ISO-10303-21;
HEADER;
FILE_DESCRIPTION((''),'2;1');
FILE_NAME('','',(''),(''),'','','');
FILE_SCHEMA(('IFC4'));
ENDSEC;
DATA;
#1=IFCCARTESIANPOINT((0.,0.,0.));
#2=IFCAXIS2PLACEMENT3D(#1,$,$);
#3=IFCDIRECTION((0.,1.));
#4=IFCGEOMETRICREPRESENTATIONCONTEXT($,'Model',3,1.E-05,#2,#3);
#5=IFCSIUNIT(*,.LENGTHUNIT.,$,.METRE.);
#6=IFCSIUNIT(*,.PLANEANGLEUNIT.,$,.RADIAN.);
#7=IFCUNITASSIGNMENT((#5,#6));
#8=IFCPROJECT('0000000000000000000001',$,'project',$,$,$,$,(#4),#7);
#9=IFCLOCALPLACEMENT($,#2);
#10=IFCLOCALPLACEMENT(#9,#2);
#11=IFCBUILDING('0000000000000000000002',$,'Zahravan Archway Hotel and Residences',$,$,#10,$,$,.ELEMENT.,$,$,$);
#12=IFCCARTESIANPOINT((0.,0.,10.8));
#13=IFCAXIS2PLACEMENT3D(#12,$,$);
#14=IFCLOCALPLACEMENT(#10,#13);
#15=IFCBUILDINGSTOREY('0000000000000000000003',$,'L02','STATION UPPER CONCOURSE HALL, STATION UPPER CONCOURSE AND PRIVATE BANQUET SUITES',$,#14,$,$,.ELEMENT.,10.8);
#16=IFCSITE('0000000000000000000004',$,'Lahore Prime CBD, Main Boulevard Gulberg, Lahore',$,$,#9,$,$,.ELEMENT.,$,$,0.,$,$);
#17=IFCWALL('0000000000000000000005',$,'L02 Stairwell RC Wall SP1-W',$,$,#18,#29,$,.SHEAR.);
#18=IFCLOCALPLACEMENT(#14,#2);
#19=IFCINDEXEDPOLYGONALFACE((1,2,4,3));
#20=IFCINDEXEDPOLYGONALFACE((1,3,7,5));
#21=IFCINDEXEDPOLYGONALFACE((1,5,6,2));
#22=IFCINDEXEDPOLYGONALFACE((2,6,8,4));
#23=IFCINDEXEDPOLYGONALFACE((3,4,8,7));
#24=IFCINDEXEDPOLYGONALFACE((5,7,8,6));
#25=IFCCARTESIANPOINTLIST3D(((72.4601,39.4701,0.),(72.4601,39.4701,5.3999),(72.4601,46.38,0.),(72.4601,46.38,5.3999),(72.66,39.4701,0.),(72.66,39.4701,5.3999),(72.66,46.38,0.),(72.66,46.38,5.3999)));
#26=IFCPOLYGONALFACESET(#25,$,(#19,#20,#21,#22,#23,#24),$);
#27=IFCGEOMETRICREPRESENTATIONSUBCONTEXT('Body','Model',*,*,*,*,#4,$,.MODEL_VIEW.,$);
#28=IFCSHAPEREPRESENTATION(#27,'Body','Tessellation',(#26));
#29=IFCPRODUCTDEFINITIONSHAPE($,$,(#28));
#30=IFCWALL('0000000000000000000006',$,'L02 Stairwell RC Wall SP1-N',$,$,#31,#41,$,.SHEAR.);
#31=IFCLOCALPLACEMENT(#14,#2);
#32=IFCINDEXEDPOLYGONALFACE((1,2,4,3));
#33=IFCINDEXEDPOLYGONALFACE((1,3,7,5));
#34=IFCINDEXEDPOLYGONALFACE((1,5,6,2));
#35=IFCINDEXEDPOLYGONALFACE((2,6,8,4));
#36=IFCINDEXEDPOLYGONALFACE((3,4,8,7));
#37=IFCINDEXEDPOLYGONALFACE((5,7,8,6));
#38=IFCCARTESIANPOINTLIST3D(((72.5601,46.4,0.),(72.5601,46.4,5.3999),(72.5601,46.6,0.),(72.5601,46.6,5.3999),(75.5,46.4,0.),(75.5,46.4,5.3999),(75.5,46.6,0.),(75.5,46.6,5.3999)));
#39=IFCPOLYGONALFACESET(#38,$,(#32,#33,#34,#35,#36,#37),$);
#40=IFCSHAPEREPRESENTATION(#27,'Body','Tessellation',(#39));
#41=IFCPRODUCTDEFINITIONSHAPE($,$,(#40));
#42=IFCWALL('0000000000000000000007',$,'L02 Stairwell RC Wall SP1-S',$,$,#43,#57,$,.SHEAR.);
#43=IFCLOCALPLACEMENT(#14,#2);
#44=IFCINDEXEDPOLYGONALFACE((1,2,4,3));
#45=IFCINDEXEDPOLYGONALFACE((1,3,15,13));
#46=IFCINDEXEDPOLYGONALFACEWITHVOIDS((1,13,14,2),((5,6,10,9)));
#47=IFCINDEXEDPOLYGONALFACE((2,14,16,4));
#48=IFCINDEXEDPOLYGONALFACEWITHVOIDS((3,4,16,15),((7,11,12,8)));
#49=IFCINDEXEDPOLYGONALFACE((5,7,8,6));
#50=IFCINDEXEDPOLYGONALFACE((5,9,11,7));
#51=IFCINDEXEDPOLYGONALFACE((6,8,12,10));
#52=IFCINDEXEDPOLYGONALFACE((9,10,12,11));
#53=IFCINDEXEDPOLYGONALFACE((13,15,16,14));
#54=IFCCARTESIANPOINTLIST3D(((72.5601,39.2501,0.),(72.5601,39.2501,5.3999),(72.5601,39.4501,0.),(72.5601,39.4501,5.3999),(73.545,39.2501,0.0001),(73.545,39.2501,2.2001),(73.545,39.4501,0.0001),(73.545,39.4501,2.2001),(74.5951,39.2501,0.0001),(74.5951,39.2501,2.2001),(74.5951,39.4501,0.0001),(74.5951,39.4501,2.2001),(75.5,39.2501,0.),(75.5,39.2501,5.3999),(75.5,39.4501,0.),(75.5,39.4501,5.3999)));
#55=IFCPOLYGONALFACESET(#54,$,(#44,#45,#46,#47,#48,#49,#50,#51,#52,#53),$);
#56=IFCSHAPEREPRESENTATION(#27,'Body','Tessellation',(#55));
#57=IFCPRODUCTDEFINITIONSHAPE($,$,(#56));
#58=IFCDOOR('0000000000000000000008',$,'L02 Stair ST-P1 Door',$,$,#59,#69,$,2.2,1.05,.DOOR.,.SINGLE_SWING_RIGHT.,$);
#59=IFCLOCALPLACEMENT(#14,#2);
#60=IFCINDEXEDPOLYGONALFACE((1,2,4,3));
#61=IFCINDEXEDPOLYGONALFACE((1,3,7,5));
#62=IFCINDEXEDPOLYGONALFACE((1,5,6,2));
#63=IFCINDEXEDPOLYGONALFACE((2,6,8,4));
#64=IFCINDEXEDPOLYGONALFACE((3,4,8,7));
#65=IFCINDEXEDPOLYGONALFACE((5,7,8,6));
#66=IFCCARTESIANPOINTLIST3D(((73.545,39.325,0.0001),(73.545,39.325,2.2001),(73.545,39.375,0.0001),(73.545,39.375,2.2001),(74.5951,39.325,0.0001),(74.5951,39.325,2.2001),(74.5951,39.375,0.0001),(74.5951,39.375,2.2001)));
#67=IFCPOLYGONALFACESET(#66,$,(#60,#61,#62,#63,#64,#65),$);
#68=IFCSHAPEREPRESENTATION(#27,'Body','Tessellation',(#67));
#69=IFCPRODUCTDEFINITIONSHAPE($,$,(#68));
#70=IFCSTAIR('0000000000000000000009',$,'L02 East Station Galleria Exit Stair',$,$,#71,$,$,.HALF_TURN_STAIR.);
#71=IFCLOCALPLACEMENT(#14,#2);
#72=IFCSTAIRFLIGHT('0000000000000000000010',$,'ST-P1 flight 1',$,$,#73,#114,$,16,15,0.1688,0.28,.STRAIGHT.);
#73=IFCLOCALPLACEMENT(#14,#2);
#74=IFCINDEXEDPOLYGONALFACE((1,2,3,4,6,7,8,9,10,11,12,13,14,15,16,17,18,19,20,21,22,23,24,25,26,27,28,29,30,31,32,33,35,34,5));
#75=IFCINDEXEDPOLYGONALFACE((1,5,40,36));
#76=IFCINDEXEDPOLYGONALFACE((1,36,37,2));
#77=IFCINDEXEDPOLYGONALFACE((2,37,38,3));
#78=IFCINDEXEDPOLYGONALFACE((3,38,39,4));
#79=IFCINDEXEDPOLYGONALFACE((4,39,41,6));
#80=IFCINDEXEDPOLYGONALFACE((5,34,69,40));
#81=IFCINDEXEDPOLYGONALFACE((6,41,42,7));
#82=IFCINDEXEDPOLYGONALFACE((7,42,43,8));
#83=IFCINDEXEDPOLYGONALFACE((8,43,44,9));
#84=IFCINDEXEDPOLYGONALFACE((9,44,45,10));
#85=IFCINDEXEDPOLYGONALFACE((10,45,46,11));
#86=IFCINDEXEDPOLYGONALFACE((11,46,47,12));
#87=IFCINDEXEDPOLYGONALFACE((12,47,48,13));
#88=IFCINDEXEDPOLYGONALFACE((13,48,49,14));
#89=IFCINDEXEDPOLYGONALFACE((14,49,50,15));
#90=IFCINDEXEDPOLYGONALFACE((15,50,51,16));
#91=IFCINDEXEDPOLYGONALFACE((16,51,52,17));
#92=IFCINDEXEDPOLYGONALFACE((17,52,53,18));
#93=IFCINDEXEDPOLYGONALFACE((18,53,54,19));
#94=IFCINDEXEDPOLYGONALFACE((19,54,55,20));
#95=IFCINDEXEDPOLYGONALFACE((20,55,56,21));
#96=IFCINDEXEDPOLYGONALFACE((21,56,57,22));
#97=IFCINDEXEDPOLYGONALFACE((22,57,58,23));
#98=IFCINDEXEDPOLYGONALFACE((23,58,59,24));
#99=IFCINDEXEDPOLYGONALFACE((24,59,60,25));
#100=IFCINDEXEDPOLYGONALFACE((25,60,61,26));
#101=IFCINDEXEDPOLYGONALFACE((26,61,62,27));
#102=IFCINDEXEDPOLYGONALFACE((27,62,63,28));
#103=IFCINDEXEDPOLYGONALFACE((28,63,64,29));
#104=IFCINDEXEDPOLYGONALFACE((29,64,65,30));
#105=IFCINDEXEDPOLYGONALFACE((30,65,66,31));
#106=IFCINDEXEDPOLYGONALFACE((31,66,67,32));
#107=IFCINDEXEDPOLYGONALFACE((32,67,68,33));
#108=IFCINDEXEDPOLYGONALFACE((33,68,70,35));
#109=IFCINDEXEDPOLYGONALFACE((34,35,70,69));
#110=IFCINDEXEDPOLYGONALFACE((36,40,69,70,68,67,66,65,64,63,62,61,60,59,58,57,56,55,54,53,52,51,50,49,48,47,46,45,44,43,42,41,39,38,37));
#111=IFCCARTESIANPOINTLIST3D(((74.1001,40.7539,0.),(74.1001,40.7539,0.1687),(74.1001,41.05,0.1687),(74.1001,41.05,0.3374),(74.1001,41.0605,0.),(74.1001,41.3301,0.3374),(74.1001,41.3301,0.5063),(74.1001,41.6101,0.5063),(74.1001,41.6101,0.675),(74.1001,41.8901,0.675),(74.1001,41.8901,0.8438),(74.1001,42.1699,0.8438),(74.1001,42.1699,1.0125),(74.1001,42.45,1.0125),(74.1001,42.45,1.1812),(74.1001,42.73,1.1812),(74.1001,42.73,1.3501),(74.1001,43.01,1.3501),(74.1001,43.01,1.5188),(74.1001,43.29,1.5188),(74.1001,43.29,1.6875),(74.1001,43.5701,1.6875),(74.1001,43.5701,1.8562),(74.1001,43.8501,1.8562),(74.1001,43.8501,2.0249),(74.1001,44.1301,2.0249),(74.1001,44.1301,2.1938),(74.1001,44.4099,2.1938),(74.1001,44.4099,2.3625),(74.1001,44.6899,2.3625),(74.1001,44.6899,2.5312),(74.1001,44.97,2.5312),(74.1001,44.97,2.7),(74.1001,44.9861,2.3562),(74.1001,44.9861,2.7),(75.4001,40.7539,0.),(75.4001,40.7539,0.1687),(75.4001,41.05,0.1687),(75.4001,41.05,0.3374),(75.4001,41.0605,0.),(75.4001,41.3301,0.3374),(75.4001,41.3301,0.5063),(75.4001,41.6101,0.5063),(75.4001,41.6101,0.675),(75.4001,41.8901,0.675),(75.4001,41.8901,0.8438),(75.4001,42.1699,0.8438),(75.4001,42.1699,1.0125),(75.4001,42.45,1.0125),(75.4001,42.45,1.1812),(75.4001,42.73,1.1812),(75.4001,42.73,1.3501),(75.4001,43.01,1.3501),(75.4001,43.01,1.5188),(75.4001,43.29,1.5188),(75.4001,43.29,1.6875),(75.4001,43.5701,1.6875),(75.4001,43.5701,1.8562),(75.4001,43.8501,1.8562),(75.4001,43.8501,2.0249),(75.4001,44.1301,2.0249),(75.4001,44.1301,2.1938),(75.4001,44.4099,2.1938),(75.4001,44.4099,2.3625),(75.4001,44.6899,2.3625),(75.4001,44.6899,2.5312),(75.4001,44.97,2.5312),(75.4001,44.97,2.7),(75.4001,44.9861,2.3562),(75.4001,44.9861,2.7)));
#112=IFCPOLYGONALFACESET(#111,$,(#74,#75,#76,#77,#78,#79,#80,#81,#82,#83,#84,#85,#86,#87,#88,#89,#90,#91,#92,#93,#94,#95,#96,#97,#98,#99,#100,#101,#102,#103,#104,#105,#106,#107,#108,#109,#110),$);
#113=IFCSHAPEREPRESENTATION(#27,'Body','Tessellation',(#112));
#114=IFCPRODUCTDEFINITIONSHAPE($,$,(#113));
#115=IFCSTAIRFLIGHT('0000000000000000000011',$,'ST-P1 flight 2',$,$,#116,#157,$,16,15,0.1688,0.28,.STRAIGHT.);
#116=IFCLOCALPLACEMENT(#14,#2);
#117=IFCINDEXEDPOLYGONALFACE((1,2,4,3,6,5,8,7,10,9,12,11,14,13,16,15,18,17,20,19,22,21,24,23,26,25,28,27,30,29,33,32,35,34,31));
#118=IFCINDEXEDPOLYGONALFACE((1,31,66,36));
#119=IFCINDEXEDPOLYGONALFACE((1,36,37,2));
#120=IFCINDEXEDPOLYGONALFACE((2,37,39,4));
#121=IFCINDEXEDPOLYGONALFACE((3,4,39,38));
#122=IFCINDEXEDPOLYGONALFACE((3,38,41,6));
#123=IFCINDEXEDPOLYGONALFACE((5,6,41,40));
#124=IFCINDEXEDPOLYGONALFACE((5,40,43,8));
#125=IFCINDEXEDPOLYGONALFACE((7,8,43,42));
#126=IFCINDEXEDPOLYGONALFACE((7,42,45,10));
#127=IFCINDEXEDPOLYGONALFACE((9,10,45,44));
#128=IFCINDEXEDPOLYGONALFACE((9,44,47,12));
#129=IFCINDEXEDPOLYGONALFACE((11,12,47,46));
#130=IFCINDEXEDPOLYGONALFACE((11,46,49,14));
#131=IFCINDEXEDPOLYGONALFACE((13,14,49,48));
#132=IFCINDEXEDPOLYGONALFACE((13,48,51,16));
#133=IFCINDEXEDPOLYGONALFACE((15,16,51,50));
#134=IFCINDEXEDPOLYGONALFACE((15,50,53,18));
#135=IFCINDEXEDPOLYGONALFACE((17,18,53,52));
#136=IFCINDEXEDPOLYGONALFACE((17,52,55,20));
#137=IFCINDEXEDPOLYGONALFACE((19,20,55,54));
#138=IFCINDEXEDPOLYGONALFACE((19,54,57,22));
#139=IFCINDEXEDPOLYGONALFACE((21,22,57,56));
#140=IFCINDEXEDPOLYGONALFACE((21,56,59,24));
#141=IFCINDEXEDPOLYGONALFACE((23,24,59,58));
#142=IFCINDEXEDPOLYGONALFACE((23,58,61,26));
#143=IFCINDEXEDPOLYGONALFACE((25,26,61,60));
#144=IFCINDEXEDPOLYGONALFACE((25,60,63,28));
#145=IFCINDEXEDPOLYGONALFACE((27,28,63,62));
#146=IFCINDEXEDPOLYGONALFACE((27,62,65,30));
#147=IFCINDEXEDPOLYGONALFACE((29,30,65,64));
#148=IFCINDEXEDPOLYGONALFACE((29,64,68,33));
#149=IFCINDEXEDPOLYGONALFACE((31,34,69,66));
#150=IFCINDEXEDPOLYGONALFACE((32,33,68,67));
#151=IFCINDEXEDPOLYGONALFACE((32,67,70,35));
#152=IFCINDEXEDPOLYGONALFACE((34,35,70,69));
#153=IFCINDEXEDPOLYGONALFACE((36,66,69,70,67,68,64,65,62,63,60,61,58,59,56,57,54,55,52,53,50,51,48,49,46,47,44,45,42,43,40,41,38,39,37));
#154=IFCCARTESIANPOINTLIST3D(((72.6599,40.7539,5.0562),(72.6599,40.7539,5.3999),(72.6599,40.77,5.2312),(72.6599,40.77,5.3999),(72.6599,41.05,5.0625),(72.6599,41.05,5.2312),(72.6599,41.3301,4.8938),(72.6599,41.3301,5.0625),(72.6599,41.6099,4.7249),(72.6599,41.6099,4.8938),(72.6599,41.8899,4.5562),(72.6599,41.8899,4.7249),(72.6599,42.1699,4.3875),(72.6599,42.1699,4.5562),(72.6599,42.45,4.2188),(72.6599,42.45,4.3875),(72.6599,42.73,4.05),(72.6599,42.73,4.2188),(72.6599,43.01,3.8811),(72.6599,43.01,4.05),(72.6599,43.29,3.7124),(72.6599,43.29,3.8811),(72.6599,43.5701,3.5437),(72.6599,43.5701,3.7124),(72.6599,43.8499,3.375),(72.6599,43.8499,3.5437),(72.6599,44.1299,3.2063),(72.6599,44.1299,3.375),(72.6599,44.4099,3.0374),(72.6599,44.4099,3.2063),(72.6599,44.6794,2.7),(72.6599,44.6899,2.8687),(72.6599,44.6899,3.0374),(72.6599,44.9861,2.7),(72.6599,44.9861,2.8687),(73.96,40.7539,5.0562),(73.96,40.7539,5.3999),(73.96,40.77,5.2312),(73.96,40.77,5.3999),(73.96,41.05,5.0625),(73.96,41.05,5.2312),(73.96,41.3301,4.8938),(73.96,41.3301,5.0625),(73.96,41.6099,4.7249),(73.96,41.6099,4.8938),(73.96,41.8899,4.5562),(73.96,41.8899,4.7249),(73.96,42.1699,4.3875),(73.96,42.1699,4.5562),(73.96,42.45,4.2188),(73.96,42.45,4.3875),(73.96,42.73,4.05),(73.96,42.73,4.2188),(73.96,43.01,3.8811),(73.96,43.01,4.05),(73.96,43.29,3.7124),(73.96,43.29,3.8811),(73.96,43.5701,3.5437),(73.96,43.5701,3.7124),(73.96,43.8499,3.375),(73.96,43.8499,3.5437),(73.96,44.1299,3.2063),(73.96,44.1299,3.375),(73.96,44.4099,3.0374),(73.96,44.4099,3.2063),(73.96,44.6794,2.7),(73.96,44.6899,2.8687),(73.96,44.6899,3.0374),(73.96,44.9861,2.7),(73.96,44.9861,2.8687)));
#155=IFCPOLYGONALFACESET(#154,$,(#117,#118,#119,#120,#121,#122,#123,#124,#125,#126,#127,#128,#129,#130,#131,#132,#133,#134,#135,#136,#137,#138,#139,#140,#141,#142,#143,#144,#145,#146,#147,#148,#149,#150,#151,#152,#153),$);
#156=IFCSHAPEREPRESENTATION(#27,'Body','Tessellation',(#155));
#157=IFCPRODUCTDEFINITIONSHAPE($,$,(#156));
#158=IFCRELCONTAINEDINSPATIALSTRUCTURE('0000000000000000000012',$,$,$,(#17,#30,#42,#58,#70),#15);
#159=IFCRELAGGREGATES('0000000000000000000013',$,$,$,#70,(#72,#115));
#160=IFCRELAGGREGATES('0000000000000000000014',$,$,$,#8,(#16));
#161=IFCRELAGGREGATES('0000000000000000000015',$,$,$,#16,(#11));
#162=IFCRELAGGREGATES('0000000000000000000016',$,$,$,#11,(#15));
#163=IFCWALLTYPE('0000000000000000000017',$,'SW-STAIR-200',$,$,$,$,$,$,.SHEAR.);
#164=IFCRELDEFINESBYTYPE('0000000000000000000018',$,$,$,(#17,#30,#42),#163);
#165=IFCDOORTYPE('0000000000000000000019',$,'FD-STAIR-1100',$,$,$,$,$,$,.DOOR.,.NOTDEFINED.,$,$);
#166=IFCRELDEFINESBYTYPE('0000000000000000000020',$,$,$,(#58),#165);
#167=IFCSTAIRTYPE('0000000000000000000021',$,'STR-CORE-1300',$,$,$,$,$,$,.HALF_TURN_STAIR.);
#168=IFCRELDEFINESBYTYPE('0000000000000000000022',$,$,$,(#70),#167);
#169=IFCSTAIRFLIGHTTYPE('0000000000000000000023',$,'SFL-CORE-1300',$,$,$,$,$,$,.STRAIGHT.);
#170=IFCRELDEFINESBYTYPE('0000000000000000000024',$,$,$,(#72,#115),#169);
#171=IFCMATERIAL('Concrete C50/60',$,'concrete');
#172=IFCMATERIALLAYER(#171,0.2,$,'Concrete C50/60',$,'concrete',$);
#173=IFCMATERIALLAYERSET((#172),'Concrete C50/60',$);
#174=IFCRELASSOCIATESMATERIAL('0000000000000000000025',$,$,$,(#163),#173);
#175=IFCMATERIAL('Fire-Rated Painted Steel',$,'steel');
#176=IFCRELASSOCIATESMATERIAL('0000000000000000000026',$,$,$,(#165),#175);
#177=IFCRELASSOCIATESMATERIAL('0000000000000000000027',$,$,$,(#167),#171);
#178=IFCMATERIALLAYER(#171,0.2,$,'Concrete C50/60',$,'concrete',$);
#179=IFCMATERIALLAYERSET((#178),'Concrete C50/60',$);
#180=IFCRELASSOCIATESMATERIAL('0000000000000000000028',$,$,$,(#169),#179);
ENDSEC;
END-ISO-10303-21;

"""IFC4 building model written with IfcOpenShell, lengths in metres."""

from ifc_helpers import new_model, si_unit, direction, frame, frame_2d, origin, place, context, subcontext, project, spatial, polyline, rectangle, outline, extrude, source, transform, mapped, material, layer, layer_set, type_object, type_shapes, element, fill, aggregate, save


model = new_model("IFC4")

# Units and contexts
model_context = context("Model", 3, precision=1e-05, world=origin(), true_north=direction((0.0, 1.0)))
body_context = subcontext(model_context, "Body", "Model", "MODEL_VIEW")
ifc_project = project(units=[si_unit("LENGTHUNIT", "METRE"), si_unit("PLANEANGLEUNIT", "RADIAN")], contexts=[model_context])

# Site, building, storey
site_placement = place(None, origin())
site = spatial("IfcSite", under=ifc_project, at=site_placement, Name="Lahore Prime CBD, Main Boulevard Gulberg, Lahore", CompositionType="ELEMENT", RefElevation=0.0)
building_placement = place(site_placement, origin())
building = spatial("IfcBuilding", under=site, at=building_placement, Name="Zahravan Archway Hotel and Residences", CompositionType="ELEMENT")
storey_placement = place(building_placement, frame((0.0, 0.0, 10.8)))
storey = spatial("IfcBuildingStorey", under=building, at=storey_placement, Name="L02", Description="STATION UPPER CONCOURSE HALL, STATION UPPER CONCOURSE AND PRIVATE BANQUET SUITES", CompositionType="ELEMENT", Elevation=10.8)

# Walls
ifc_material_1 = material(Name="Concrete C50/60", Category="concrete")
ifc_layer_1 = layer(ifc_material_1, 0.2, Name="Concrete C50/60", Category="concrete")
ifc_layer_set_1 = layer_set([ifc_layer_1], Name="Concrete C50/60")
wall_type_1 = type_object("IfcWallType", Name="SW-STAIR-200", PredefinedType="SHEAR", material=ifc_layer_set_1)
wall_1_placement = place(storey_placement, frame((72.5601, 39.47, 0.0), z_axis=(0.0, 0.0, 1.0), x_axis=(0.0, 1.0, 0.0)))
element("IfcWall", 1, at=wall_1_placement, inside=storey, type_object=wall_type_1, Name="L02 Stairwell RC Wall SP1-W", PredefinedType="SHEAR", context=body_context, shape_type="SweptSolid", body=[
    extrude(rectangle(XDim=6.9099, YDim=0.2, at=frame_2d((3.4551, 0.0))), origin(), (0.0, 0.0, 1.0), 5.3999),
])
wall_2_placement = place(storey_placement, frame((72.5601, 46.5, 0.0), z_axis=(0.0, 0.0, 1.0), x_axis=(1.0, 0.0, 0.0)))
element("IfcWall", 2, at=wall_2_placement, inside=storey, type_object=wall_type_1, Name="L02 Stairwell RC Wall SP1-N", PredefinedType="SHEAR", context=body_context, shape_type="SweptSolid", body=[
    extrude(rectangle(XDim=2.9399, YDim=0.2, at=frame_2d((1.47, 0.0))), origin(), (0.0, 0.0, 1.0), 5.3999),
])

# Wall, opening, door
wall_3_placement = place(storey_placement, frame((72.5601, 39.3501, 0.0), z_axis=(0.0, 0.0, 1.0), x_axis=(1.0, 0.0, 0.0)))
wall_3 = element("IfcWall", 3, at=wall_3_placement, inside=storey, type_object=wall_type_1, Name="L02 Stairwell RC Wall SP1-S", PredefinedType="SHEAR", context=body_context, shape_type="SweptSolid", body=[
    extrude(rectangle(XDim=2.9399, YDim=0.2, at=frame_2d((1.47, 0.0))), origin(), (0.0, 0.0, 1.0), 5.3999),
])
opening_placement = place(wall_3_placement, frame((0.9851, 0.0, 0.0)))
opening = element("IfcOpeningElement", 4, at=opening_placement, cuts=wall_3, PredefinedType="OPENING", context=body_context, shape_type="SweptSolid", body=[
    extrude(rectangle(XDim=1.05, YDim=2.2, at=frame_2d((0.5249, 1.1001))), frame((0.0, 0.1099, 0.0), z_axis=(0.0, -1.0, 0.0), x_axis=(1.0, 0.0, 0.0)), (0.0, 0.0, 1.0), 0.22),
])
ifc_material_2 = material(Name="Fire-Rated Painted Steel", Category="steel")
door_type = type_object("IfcDoorType", Name="FD-STAIR-1100", OperationType="NOTDEFINED", PredefinedType="DOOR", material=ifc_material_2)
shared_shape_1 = source(origin(), body_context, "Body", "SweptSolid", [
    extrude(rectangle(XDim=1.05, YDim=2.2, at=frame_2d((0.5249, 1.1001))), frame((0.0, 0.0249, 0.0), z_axis=(0.0, -1.0, 0.0), x_axis=(1.0, 0.0, 0.0)), (0.0, 0.0, 1.0), 0.05),
])
type_shapes(door_type, [shared_shape_1])
door_placement = place(opening_placement, origin())
door = element("IfcDoor", 5, at=door_placement, inside=storey, type_object=door_type, Name="L02 Stair ST-P1 Door", OperationType="SINGLE_SWING_RIGHT", OverallHeight=2.2, OverallWidth=1.05, PredefinedType="DOOR", context=body_context, shape_type="MappedRepresentation", body=[
    mapped(shared_shape_1, transform((0.0, 0.0, 0.0), scale=1.0)),
])
fill(opening, door)

# Stair, stair flights
stair_type = type_object("IfcStairType", Name="STR-CORE-1300", PredefinedType="HALF_TURN_STAIR", material=ifc_material_1)
stair_placement = place(storey_placement, origin())
stair = element("IfcStair", 6, at=stair_placement, inside=storey, type_object=stair_type, Name="L02 East Station Galleria Exit Stair", PredefinedType="HALF_TURN_STAIR")
ifc_layer_2 = layer(ifc_material_1, 0.2, Name="Concrete C50/60", Category="concrete")
ifc_layer_set_2 = layer_set([ifc_layer_2], Name="Concrete C50/60")
stair_flight_type = type_object("IfcStairFlightType", Name="SFL-CORE-1300", PredefinedType="STRAIGHT", material=ifc_layer_set_2)
shared_shape_2 = source(origin(), body_context, "Body", "SweptSolid", [
    extrude(outline(polyline([(-0.0161, 0.0), (-0.0161, 0.1687), (0.28, 0.1687), (0.28, 0.3374), (0.5601, 0.3374), (0.5601, 0.5063), (0.8401, 0.5063), (0.8401, 0.675), (1.1201, 0.675), (1.1201, 0.8438), (1.3999, 0.8438), (1.3999, 1.0125), (1.6799, 1.0125), (1.6799, 1.1812), (1.96, 1.1812), (1.96, 1.3501), (2.24, 1.3501), (2.24, 1.5188), (2.52, 1.5188), (2.52, 1.6875), (2.8, 1.6875), (2.8, 1.8562), (3.0801, 1.8562), (3.0801, 2.0249), (3.3601, 2.0249), (3.3601, 2.1938), (3.6399, 2.1938), (3.6399, 2.3625), (3.9199, 2.3625), (3.9199, 2.5312), (4.2, 2.5312), (4.2, 2.7), (4.2161, 2.7), (4.2161, 2.3562), (0.2905, 0.0), (-0.0161, 0.0)])), frame((0.0, 0.6499, 0.0), z_axis=(0.0, -1.0, 0.0), x_axis=(1.0, 0.0, 0.0)), (0.0, 0.0, 1.0), 1.3),
])
stair_flight_1_placement = place(storey_placement, frame((74.75, 40.77, 0.0), z_axis=(0.0, 0.0, 1.0), x_axis=(0.0, 1.0, 0.0)))
stair_flight_1 = element("IfcStairFlight", 7, at=stair_flight_1_placement, type_object=stair_flight_type, Name="ST-P1 flight 1", NumberOfRisers=16, NumberOfTreads=15, PredefinedType="STRAIGHT", RiserHeight=0.1688, TreadLength=0.28, context=body_context, shape_type="MappedRepresentation", body=[
    mapped(shared_shape_2, transform((0.0, 0.0, 0.0), scale=1.0)),
])
stair_flight_2_placement = place(storey_placement, frame((73.3101, 44.97, 2.7), z_axis=(0.0, 0.0, 1.0), x_axis=(0.0, -1.0, 0.0)))
stair_flight_2 = element("IfcStairFlight", 8, at=stair_flight_2_placement, type_object=stair_flight_type, Name="ST-P1 flight 2", NumberOfRisers=16, NumberOfTreads=15, PredefinedType="STRAIGHT", RiserHeight=0.1688, TreadLength=0.28, context=body_context, shape_type="MappedRepresentation", body=[
    mapped(shared_shape_2, transform((0.0, 0.0, 0.0), scale=1.0)),
])
aggregate(stair, [stair_flight_1, stair_flight_2])

save(model, "model.ifc")
